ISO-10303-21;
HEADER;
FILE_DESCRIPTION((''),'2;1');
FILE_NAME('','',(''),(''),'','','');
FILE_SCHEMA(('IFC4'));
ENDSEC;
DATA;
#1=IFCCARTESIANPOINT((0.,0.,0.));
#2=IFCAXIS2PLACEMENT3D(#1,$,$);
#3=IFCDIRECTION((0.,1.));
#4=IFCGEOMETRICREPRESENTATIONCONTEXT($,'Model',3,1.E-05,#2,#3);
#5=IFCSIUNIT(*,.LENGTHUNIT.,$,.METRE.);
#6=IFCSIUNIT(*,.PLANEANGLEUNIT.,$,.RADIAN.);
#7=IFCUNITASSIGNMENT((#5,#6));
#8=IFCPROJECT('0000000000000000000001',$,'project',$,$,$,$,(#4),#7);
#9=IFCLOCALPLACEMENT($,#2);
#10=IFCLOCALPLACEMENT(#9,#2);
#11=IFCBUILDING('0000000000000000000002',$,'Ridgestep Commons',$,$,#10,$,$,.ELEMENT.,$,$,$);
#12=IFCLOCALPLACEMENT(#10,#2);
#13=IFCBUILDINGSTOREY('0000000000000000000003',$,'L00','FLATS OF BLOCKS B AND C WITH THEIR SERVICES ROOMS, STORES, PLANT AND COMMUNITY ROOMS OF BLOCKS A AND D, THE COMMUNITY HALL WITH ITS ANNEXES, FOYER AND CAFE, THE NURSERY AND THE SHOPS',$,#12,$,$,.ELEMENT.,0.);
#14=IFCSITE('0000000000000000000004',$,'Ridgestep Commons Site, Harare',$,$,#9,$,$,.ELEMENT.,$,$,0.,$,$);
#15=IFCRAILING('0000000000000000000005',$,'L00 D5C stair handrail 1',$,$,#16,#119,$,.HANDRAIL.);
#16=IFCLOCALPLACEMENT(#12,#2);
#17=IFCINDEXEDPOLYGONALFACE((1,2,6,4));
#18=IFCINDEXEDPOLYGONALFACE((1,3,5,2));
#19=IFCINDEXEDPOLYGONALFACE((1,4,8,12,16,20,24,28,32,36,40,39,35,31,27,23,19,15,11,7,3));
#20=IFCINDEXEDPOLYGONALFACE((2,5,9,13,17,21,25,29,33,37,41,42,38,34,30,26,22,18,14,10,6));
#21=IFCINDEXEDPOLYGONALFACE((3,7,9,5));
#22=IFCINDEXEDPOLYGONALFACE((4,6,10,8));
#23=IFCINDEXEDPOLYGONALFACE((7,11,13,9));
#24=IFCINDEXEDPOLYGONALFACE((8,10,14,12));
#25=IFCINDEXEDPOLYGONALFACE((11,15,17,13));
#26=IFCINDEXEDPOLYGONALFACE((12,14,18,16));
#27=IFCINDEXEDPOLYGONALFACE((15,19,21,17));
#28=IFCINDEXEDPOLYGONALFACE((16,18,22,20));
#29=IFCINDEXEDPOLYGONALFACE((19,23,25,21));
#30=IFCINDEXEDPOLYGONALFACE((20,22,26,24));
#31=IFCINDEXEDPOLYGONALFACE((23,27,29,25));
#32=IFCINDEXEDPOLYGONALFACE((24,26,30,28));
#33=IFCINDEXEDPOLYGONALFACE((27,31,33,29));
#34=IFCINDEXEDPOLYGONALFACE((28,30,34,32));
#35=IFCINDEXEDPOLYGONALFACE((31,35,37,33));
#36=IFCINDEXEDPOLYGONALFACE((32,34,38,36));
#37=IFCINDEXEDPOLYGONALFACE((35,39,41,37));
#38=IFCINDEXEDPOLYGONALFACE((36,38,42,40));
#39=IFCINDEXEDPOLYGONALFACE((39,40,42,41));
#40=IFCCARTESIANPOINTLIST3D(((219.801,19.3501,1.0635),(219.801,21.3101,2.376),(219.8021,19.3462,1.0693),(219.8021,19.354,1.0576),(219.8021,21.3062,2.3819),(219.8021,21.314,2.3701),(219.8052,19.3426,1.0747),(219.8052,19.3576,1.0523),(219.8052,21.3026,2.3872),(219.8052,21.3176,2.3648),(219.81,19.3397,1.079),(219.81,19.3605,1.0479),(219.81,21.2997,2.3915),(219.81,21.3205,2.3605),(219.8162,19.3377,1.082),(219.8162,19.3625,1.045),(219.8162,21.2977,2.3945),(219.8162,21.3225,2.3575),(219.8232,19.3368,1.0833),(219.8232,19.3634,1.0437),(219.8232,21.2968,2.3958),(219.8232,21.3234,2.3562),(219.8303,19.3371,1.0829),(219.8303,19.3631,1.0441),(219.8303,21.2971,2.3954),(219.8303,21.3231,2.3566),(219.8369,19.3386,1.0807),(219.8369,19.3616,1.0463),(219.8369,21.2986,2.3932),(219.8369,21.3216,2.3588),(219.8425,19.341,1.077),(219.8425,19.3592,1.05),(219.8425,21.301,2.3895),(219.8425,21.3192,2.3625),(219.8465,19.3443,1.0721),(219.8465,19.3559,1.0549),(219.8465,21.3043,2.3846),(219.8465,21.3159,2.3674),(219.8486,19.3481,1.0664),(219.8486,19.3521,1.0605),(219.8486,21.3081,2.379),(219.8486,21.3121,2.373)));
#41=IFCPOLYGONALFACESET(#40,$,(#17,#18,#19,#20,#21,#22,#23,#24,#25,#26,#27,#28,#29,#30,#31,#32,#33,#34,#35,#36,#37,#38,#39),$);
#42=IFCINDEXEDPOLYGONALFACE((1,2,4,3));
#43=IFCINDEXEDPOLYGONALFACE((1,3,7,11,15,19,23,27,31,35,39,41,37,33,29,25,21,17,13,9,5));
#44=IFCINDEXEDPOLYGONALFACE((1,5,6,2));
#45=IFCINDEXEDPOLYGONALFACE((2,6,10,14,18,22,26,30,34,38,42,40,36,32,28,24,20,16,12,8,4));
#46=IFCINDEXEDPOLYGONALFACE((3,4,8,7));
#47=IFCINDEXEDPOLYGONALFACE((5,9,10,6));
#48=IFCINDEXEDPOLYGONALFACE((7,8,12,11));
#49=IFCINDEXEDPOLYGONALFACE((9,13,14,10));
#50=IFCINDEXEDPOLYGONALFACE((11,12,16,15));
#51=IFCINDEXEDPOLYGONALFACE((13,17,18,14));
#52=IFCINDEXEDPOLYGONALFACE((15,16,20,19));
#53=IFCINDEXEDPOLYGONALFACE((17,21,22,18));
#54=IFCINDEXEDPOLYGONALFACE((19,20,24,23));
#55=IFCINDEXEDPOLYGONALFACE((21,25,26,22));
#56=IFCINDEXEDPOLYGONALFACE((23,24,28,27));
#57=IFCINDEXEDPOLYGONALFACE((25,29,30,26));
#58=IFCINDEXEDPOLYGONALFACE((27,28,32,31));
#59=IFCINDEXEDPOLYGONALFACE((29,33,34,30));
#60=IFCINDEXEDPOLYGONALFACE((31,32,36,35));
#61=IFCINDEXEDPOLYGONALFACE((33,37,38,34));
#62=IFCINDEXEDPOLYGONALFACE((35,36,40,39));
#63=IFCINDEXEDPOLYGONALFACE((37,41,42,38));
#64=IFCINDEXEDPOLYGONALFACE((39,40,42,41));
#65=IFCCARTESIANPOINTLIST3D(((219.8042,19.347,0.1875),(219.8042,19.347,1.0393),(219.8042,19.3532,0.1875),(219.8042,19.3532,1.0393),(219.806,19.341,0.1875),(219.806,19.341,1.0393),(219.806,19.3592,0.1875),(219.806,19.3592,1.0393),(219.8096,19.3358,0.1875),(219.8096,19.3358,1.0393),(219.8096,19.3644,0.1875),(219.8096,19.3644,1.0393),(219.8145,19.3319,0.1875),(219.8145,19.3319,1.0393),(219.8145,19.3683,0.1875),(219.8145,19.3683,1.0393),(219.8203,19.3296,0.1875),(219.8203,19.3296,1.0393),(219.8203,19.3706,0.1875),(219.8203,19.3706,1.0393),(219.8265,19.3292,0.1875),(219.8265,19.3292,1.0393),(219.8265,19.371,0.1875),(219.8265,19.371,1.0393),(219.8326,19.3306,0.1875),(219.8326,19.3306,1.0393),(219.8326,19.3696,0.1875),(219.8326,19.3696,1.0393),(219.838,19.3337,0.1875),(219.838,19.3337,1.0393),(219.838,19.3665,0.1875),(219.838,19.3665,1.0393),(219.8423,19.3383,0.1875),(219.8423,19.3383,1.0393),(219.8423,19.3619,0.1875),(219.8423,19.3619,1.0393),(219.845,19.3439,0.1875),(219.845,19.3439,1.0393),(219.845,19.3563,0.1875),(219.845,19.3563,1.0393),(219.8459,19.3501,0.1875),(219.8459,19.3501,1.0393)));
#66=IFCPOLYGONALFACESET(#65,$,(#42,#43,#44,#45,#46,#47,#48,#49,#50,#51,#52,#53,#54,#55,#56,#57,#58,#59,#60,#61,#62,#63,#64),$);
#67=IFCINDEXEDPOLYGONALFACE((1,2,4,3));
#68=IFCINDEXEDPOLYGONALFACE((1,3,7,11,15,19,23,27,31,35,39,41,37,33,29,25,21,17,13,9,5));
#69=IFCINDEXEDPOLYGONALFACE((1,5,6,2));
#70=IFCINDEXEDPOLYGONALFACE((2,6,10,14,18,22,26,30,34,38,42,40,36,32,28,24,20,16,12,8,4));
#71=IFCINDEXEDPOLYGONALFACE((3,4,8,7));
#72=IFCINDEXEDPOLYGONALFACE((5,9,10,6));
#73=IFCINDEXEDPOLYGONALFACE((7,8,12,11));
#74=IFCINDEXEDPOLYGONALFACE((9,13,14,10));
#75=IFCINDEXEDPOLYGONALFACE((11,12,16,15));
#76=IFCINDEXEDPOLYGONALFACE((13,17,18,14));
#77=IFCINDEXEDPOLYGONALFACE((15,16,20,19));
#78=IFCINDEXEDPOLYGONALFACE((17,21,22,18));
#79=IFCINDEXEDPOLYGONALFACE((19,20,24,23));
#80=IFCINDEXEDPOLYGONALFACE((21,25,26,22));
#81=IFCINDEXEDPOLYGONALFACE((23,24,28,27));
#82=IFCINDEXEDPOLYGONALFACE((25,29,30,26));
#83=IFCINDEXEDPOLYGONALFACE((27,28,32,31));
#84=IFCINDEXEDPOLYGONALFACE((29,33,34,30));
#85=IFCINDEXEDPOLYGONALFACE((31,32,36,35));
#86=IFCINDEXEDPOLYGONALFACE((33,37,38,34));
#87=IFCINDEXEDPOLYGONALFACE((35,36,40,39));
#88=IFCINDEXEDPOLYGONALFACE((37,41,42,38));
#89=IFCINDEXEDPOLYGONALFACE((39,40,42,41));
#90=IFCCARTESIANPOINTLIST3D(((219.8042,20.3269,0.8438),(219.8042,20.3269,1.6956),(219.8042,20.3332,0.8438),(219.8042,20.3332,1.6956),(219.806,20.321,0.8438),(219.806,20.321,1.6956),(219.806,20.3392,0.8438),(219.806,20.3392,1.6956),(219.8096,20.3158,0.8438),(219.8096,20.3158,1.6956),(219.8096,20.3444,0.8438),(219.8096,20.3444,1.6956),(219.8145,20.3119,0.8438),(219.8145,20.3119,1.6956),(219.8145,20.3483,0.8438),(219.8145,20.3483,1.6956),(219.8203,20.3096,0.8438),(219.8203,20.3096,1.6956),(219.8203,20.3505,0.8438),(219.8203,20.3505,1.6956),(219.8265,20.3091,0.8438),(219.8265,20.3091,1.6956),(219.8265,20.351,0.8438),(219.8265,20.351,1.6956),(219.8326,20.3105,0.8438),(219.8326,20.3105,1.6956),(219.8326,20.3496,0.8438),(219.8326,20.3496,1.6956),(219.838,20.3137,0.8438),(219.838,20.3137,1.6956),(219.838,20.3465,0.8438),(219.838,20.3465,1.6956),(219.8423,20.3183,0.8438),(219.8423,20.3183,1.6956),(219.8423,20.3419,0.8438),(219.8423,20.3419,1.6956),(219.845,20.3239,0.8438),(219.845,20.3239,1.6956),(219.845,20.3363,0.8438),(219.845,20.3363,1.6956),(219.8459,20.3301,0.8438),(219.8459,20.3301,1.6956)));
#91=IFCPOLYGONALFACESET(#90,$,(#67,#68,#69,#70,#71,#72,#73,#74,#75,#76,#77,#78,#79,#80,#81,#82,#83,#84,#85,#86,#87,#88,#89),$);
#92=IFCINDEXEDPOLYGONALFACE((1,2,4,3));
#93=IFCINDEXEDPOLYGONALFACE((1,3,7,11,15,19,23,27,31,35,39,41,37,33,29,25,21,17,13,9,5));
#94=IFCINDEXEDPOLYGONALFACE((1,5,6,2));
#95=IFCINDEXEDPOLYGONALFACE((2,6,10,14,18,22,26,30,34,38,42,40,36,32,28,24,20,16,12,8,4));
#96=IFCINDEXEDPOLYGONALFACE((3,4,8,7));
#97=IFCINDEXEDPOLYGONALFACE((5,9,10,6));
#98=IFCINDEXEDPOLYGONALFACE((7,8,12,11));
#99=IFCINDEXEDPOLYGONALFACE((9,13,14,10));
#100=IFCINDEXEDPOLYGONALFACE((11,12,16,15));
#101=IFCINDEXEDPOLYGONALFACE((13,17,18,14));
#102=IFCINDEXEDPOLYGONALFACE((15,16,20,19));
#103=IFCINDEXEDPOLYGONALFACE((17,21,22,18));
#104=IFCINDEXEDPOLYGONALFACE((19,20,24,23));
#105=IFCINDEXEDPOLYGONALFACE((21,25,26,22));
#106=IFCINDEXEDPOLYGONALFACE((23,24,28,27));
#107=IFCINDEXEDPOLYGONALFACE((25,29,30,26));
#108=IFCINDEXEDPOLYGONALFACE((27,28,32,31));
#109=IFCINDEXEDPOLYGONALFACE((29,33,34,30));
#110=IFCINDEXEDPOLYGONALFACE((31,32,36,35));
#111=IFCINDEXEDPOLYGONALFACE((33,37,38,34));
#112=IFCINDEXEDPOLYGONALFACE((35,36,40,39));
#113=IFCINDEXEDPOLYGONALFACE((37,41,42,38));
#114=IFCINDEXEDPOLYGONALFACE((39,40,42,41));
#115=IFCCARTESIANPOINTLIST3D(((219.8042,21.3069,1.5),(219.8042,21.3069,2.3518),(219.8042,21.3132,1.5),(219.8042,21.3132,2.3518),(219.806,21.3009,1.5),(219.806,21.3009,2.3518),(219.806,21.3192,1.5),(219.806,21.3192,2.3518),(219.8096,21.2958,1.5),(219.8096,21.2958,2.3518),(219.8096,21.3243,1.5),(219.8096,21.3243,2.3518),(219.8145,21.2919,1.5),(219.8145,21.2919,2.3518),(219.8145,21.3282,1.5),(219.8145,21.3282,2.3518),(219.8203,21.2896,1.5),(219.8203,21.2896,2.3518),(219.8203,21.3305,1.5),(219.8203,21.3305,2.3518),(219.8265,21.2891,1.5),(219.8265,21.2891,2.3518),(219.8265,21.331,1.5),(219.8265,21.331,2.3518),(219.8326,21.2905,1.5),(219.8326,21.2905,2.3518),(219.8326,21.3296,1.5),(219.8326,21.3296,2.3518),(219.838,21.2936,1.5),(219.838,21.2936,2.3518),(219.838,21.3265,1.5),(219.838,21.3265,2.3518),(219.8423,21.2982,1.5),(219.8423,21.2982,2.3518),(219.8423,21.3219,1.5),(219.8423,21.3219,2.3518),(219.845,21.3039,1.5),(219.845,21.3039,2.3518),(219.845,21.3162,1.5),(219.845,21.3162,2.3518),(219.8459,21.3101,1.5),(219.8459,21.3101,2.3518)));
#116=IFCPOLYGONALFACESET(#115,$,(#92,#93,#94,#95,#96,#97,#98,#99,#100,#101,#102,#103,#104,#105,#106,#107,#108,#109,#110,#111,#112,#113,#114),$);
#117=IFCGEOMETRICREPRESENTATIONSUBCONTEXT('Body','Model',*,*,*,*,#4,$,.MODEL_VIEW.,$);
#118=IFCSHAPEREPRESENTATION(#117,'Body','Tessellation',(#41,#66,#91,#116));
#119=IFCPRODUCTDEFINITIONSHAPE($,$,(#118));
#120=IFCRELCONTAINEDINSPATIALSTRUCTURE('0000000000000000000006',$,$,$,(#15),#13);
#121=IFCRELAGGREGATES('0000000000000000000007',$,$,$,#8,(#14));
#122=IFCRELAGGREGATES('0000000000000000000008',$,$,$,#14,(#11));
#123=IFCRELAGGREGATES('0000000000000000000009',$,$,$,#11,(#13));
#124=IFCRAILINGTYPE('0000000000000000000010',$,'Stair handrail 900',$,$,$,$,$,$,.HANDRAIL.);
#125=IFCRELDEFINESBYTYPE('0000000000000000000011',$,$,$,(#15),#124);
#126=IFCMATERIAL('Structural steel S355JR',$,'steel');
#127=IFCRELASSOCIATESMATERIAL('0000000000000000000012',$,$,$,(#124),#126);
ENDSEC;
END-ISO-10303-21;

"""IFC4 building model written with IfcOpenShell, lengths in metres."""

from ifc_helpers import new_model, si_unit, direction, frame, origin, origin_2d, place, context, subcontext, project, spatial, circle, extrude, material, type_object, element, save


model = new_model("IFC4")

# Units and contexts
model_context = context("Model", 3, precision=1e-05, world=origin(), true_north=direction((0.0, 1.0)))
body_context = subcontext(model_context, "Body", "Model", "MODEL_VIEW")
ifc_project = project(units=[si_unit("LENGTHUNIT", "METRE"), si_unit("PLANEANGLEUNIT", "RADIAN")], contexts=[model_context])

# Site, building, storey
site_placement = place(None, origin())
site = spatial("IfcSite", under=ifc_project, at=site_placement, Name="Ridgestep Commons Site, Harare", CompositionType="ELEMENT", RefElevation=0.0)
building_placement = place(site_placement, origin())
building = spatial("IfcBuilding", under=site, at=building_placement, Name="Ridgestep Commons", CompositionType="ELEMENT")
storey_placement = place(building_placement, origin())
storey = spatial("IfcBuildingStorey", under=building, at=storey_placement, Name="L00", Description="FLATS OF BLOCKS B AND C WITH THEIR SERVICES ROOMS, STORES, PLANT AND COMMUNITY ROOMS OF BLOCKS A AND D, THE COMMUNITY HALL WITH ITS ANNEXES, FOYER AND CAFE, THE NURSERY AND THE SHOPS", CompositionType="ELEMENT", Elevation=0.0)

# Railing
ifc_material_1 = material(Name="Structural steel S355JR", Category="steel")
railing_type_1 = type_object("IfcRailingType", Name="Stair handrail 900", PredefinedType="HANDRAIL", material=ifc_material_1)
railing_1_placement = place(storey_placement, frame((219.825, 19.3501, 0.1875)))
element("IfcRailing", 1, at=railing_1_placement, inside=storey, type_object=railing_type_1, Name="L00 D5C stair handrail 1", PredefinedType="HANDRAIL", context=body_context, shape_type="SweptSolid", body=[
    extrude(circle(Radius=0.0239, at=origin_2d()), frame((0.0, 0.0, 0.876), z_axis=(0.0, 0.830902, 0.556419), x_axis=(-1.0, 0.0, 0.0)), (0.0, 0.0, 1.0), 2.3589),
    extrude(circle(Radius=0.021, at=origin_2d()), origin(), (0.0, 0.0, 1.0), 0.8518),
    extrude(circle(Radius=0.021, at=origin_2d()), frame((0.0, 0.98, 0.6562)), (0.0, 0.0, 1.0), 0.8518),
    extrude(circle(Radius=0.021, at=origin_2d()), frame((0.0, 1.96, 1.3125)), (0.0, 0.0, 1.0), 0.8518),
])

save(model, "model.ifc")
